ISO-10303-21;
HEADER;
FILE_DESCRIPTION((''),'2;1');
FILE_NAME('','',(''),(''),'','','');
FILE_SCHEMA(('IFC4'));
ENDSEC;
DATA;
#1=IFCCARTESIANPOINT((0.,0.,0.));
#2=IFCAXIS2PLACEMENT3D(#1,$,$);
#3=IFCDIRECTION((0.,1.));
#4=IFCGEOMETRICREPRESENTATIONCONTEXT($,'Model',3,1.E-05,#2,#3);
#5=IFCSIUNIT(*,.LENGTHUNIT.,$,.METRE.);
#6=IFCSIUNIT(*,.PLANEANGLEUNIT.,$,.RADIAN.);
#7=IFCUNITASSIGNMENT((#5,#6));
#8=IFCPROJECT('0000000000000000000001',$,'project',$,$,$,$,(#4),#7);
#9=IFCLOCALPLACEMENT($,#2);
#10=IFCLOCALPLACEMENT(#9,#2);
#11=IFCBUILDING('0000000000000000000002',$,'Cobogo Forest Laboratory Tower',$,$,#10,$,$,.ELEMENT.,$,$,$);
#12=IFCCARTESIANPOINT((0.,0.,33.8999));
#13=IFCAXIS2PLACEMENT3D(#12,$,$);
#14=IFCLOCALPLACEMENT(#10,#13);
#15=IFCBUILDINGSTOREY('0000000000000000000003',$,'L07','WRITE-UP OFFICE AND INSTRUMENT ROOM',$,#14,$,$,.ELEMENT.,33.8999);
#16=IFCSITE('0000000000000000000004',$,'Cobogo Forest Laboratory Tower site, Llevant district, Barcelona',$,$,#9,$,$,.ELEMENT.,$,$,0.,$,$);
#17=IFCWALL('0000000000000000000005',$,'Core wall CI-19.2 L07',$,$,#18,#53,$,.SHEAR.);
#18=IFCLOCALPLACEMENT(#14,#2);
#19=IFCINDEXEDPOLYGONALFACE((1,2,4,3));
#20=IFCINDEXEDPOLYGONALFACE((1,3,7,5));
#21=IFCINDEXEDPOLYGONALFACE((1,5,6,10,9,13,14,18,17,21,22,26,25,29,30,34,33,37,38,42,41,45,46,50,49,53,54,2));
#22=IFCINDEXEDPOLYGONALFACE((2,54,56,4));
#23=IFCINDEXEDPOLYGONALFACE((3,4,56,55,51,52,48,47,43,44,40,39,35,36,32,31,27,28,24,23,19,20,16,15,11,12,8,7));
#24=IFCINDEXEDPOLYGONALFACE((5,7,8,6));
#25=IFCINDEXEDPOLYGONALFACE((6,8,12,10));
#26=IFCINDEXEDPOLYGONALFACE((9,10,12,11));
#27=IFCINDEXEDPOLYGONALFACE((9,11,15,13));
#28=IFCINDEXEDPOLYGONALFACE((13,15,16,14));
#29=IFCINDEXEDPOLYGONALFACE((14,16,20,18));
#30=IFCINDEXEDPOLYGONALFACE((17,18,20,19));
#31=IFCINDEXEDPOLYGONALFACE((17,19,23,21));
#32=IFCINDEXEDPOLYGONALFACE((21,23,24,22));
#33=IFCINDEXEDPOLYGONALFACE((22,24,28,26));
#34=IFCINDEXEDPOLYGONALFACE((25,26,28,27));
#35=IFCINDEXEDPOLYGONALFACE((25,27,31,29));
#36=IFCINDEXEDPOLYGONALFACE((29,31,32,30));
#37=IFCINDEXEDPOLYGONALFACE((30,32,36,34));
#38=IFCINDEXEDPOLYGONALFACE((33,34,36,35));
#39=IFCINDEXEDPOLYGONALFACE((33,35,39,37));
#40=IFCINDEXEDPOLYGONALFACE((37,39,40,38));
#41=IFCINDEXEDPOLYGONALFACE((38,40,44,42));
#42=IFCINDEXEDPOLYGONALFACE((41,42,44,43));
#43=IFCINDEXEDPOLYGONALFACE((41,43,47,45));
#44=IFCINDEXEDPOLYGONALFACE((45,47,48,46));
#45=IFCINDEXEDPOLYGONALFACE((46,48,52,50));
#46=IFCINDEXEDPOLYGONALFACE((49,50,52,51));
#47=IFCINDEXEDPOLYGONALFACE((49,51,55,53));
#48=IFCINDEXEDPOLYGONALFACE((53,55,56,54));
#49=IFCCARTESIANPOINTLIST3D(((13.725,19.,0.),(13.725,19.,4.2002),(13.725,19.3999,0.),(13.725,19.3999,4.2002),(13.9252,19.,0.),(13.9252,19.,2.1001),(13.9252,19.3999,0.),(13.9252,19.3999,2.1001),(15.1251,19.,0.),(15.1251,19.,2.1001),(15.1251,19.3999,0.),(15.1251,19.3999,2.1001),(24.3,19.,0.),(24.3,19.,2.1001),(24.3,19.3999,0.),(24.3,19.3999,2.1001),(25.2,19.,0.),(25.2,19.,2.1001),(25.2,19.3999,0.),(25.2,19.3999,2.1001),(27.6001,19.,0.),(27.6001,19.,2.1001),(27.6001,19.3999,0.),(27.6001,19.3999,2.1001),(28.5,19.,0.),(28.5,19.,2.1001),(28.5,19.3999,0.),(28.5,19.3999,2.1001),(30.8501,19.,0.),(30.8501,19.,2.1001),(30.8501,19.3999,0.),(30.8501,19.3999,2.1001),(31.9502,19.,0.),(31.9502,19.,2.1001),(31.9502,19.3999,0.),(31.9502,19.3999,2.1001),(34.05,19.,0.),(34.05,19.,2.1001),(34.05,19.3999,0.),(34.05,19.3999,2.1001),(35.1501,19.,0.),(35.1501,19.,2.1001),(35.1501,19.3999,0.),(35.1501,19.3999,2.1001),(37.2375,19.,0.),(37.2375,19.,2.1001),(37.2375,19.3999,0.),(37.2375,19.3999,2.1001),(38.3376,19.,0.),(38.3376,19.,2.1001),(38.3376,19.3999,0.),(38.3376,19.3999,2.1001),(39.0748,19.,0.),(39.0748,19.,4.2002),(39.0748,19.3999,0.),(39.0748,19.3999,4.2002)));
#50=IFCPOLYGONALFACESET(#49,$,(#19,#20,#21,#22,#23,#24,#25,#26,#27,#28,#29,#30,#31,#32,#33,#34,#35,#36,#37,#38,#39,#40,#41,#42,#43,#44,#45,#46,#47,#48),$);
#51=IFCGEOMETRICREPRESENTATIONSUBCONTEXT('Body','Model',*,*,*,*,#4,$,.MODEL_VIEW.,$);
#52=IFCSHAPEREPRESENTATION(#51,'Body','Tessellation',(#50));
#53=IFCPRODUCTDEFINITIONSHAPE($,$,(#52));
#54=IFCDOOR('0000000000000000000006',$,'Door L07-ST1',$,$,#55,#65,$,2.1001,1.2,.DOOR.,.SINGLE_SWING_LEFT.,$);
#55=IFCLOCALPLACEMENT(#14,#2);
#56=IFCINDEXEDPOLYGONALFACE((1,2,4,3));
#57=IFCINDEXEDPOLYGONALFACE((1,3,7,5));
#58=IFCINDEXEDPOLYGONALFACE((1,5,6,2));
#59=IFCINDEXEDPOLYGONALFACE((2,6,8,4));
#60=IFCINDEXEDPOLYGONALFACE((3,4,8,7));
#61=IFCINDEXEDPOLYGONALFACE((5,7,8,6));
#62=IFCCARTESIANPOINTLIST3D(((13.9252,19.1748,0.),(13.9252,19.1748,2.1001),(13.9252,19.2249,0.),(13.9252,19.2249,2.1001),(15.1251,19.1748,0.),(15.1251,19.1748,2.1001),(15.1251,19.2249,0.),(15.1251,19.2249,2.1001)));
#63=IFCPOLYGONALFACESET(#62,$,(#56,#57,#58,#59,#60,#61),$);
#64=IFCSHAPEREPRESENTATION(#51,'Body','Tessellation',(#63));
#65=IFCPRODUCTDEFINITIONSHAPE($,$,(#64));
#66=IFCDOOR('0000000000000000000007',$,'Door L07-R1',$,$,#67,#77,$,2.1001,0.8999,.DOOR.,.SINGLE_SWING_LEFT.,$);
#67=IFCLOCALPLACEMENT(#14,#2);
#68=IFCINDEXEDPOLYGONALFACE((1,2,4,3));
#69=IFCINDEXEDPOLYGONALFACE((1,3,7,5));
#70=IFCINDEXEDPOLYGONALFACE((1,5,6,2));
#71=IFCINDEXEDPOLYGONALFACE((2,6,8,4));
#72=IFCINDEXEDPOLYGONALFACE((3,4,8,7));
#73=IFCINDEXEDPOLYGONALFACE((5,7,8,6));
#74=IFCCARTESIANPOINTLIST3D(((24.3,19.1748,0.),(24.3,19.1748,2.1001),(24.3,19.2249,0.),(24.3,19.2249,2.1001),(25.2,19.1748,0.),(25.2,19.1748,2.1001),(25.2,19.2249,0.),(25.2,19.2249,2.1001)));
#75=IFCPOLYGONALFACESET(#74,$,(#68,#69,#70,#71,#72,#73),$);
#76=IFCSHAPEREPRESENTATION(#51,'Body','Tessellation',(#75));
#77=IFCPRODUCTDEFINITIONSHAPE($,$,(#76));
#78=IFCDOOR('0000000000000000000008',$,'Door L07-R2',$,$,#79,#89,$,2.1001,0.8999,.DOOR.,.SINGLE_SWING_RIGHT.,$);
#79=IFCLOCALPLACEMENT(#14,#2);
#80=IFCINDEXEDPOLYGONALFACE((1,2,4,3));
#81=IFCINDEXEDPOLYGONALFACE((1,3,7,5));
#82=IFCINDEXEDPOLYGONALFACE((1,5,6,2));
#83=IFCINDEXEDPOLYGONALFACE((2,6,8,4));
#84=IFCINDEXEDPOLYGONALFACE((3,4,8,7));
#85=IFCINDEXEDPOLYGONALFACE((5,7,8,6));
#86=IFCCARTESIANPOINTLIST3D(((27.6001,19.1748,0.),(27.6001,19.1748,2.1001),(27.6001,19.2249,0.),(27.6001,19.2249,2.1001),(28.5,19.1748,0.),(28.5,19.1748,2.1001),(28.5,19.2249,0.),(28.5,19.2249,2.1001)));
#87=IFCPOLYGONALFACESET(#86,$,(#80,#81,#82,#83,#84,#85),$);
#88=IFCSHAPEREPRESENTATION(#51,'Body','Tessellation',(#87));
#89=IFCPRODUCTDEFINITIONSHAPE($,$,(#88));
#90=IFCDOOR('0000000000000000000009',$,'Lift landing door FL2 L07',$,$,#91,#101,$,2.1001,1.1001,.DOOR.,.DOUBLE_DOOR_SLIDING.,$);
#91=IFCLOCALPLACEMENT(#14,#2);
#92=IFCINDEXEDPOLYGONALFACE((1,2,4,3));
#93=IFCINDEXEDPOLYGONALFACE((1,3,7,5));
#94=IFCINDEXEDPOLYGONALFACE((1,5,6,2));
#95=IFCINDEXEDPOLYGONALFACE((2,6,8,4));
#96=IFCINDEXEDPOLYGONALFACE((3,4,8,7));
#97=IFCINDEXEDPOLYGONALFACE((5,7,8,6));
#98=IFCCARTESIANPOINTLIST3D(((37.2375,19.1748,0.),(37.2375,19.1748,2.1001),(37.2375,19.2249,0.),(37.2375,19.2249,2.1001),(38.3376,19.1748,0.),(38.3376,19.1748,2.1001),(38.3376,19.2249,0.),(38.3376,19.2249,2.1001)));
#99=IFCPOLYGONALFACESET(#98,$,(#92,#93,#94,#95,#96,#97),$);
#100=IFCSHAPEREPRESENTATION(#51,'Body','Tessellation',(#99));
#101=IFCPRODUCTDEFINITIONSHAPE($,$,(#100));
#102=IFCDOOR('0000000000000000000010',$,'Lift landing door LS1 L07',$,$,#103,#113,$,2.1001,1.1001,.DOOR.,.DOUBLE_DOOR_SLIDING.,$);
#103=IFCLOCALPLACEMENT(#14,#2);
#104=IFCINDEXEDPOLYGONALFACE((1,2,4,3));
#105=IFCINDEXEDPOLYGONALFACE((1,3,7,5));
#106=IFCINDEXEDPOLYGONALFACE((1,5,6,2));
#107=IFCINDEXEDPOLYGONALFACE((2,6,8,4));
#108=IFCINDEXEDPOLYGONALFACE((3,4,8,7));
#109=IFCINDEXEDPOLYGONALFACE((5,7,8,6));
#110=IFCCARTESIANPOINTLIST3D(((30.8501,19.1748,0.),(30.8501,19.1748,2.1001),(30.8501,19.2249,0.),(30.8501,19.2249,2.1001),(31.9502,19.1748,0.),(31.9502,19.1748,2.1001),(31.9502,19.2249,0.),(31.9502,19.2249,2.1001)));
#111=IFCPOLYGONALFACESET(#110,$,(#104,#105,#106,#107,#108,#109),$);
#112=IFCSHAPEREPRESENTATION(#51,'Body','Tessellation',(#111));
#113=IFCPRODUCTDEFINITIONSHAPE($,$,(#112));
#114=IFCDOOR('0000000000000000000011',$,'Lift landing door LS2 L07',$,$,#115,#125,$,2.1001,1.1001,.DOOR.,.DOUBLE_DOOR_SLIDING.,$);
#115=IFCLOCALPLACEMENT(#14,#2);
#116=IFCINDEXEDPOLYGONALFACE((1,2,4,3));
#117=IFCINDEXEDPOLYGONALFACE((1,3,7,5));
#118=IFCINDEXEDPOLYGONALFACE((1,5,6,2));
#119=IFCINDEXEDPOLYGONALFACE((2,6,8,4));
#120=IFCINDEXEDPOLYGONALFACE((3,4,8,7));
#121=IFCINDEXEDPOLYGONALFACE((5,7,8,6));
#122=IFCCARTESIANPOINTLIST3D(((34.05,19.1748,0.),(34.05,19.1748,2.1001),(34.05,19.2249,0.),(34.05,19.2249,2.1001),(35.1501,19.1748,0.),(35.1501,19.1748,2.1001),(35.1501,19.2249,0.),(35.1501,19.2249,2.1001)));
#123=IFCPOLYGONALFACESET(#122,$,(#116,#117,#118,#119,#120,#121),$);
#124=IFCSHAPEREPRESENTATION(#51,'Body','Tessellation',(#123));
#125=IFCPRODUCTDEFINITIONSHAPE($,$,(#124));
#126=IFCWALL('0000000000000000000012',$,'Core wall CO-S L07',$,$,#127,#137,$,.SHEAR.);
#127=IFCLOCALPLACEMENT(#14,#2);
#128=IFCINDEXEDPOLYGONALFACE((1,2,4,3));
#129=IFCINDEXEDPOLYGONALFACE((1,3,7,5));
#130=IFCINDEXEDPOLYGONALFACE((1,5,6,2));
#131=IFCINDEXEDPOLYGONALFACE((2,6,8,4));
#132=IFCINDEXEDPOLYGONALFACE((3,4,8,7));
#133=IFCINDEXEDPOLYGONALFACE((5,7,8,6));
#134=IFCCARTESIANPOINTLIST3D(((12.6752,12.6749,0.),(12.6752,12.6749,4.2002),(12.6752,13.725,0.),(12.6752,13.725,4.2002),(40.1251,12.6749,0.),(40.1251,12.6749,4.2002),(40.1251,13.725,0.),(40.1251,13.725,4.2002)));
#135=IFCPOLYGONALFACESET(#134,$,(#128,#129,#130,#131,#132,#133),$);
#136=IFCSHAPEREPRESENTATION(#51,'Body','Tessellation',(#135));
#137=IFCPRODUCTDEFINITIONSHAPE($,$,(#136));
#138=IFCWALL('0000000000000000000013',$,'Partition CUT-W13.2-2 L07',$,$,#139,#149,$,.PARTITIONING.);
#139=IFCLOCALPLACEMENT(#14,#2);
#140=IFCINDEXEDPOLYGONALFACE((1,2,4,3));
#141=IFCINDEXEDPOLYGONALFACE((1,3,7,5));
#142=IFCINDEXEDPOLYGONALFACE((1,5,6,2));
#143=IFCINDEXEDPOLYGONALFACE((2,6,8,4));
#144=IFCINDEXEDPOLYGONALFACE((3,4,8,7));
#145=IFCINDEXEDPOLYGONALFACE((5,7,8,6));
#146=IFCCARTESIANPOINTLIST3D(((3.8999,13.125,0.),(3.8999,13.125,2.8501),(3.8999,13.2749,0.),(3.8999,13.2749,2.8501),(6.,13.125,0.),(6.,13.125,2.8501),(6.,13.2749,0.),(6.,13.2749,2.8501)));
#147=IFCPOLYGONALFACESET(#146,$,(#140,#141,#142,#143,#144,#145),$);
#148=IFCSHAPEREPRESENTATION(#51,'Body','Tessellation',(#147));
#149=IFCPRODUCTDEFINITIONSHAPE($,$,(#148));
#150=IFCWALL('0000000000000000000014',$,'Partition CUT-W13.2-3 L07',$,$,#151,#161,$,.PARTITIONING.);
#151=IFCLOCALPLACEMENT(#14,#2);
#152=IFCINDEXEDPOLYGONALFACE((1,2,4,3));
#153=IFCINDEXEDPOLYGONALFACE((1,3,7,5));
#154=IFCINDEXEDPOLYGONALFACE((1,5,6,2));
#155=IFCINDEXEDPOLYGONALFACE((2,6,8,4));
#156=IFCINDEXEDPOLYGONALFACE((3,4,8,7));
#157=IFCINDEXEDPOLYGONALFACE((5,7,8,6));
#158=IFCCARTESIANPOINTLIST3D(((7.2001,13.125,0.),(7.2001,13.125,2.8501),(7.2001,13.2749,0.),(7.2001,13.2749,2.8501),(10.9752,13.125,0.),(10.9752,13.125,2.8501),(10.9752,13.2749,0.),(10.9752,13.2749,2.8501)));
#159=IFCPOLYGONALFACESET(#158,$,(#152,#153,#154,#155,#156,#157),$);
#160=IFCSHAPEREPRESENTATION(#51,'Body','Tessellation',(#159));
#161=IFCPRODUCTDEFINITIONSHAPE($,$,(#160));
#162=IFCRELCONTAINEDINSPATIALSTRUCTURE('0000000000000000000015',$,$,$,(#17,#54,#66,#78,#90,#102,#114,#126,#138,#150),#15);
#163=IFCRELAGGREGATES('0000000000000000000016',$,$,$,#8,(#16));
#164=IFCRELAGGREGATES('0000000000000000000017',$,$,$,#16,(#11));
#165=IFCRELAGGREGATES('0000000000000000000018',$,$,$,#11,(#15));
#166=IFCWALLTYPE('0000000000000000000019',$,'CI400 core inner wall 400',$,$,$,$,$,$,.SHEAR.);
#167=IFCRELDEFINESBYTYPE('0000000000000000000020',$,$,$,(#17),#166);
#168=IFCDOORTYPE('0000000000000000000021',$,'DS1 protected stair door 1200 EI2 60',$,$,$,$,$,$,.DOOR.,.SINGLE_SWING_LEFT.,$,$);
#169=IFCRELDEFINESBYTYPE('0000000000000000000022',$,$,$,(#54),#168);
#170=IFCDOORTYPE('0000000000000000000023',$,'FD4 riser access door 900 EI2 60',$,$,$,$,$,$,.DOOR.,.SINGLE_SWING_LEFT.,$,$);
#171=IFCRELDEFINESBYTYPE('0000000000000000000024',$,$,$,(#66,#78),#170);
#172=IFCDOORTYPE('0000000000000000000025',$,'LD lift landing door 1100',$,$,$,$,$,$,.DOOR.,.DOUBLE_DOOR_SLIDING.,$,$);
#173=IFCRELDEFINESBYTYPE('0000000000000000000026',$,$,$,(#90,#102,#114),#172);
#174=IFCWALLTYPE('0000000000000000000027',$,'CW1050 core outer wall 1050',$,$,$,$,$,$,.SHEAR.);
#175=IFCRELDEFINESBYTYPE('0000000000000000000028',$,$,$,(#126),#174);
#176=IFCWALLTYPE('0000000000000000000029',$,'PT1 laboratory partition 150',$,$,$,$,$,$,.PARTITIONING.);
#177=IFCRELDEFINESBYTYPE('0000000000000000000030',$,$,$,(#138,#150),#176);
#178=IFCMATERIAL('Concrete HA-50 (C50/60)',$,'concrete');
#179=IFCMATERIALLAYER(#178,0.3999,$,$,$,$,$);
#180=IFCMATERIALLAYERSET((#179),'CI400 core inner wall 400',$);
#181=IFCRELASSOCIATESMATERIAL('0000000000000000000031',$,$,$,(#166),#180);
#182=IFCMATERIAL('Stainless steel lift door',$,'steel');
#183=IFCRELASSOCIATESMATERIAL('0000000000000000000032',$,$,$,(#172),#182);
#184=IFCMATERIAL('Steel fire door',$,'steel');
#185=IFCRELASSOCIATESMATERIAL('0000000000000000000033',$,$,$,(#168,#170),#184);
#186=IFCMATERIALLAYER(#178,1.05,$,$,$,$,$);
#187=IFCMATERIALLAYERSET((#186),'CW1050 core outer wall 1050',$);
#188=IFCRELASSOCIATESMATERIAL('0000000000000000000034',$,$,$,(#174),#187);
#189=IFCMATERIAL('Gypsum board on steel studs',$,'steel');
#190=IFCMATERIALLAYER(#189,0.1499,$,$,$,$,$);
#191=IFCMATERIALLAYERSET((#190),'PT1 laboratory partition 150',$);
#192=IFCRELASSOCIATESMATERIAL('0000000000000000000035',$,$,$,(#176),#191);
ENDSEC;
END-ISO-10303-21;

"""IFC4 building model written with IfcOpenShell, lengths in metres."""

from ifc_helpers import new_model, si_unit, direction, frame, frame_2d, origin, place, context, subcontext, project, spatial, rectangle, extrude, material, layer, layer_set, type_object, element, fill, save


model = new_model("IFC4")

# Units and contexts
model_context = context("Model", 3, precision=1e-05, world=origin(), true_north=direction((0.0, 1.0)))
body_context = subcontext(model_context, "Body", "Model", "MODEL_VIEW")
ifc_project = project(units=[si_unit("LENGTHUNIT", "METRE"), si_unit("PLANEANGLEUNIT", "RADIAN")], contexts=[model_context])

# Site, building, storey
site_placement = place(None, origin())
site = spatial("IfcSite", under=ifc_project, at=site_placement, Name="Cobogo Forest Laboratory Tower site, Llevant district, Barcelona", CompositionType="ELEMENT", RefElevation=0.0)
building_placement = place(site_placement, origin())
building = spatial("IfcBuilding", under=site, at=building_placement, Name="Cobogo Forest Laboratory Tower", CompositionType="ELEMENT")
storey_placement = place(building_placement, frame((0.0, 0.0, 33.8999)))
storey = spatial("IfcBuildingStorey", under=building, at=storey_placement, Name="L07", Description="WRITE-UP OFFICE AND INSTRUMENT ROOM", CompositionType="ELEMENT", Elevation=33.8999)

# Shared definitions
ifc_material_1 = material(Name="Concrete HA-50 (C50/60)", Category="concrete")

# Wall, openings, doors
ifc_layer_1 = layer(ifc_material_1, 0.3999)
ifc_layer_set_1 = layer_set([ifc_layer_1], Name="CI400 core inner wall 400")
wall_type_1 = type_object("IfcWallType", Name="CI400 core inner wall 400", PredefinedType="SHEAR", material=ifc_layer_set_1)
ifc_material_2 = material(Name="Stainless steel lift door", Category="steel")
door_type_1 = type_object("IfcDoorType", Name="LD lift landing door 1100", OperationType="DOUBLE_DOOR_SLIDING", PredefinedType="DOOR", material=ifc_material_2)
wall_1_placement = place(storey_placement, frame((13.7251, 19.2, 0.0), z_axis=(0.0, 0.0, 1.0), x_axis=(1.0, 0.0, 0.0)))
wall_1 = element("IfcWall", 1, at=wall_1_placement, inside=storey, type_object=wall_type_1, Name="Core wall CI-19.2 L07", PredefinedType="SHEAR", context=body_context, shape_type="SweptSolid", body=[
    extrude(rectangle(XDim=25.3499, YDim=0.3999, at=frame_2d((12.6748, 0.0))), origin(), (0.0, 0.0, 1.0), 4.2002),
])
opening_1_placement = place(wall_1_placement, frame((10.575, 0.0, 0.0)))
opening_1 = element("IfcOpeningElement", 2, at=opening_1_placement, cuts=wall_1, PredefinedType="OPENING", context=body_context, shape_type="SweptSolid", body=[
    extrude(rectangle(XDim=0.8999, YDim=2.1001, at=frame_2d((0.45, 1.05))), frame((0.0, 0.21, 0.0), z_axis=(0.0, -1.0, 0.0), x_axis=(1.0, 0.0, 0.0)), (0.0, 0.0, 1.0), 0.4199),
])
opening_2_placement = place(wall_1_placement, frame((13.875, 0.0, 0.0)))
opening_2 = element("IfcOpeningElement", 3, at=opening_2_placement, cuts=wall_1, PredefinedType="OPENING", context=body_context, shape_type="SweptSolid", body=[
    extrude(rectangle(XDim=0.8999, YDim=2.1001, at=frame_2d((0.45, 1.05))), frame((0.0, 0.21, 0.0), z_axis=(0.0, -1.0, 0.0), x_axis=(1.0, 0.0, 0.0)), (0.0, 0.0, 1.0), 0.4199),
])
opening_3_placement = place(wall_1_placement, frame((0.2, 0.0, 0.0)))
opening_3 = element("IfcOpeningElement", 4, at=opening_3_placement, cuts=wall_1, PredefinedType="OPENING", context=body_context, shape_type="SweptSolid", body=[
    extrude(rectangle(XDim=1.2, YDim=2.1001, at=frame_2d((0.6001, 1.05))), frame((0.0, 0.21, 0.0), z_axis=(0.0, -1.0, 0.0), x_axis=(1.0, 0.0, 0.0)), (0.0, 0.0, 1.0), 0.4199),
])
opening_4_placement = place(wall_1_placement, frame((23.5125, 0.0, 0.0)))
opening_4 = element("IfcOpeningElement", 5, at=opening_4_placement, cuts=wall_1, PredefinedType="OPENING", context=body_context, shape_type="SweptSolid", body=[
    extrude(rectangle(XDim=1.1001, YDim=2.1001, at=frame_2d((0.55, 1.05))), frame((0.0, 0.21, 0.0), z_axis=(0.0, -1.0, 0.0), x_axis=(1.0, 0.0, 0.0)), (0.0, 0.0, 1.0), 0.4199),
])
opening_5_placement = place(wall_1_placement, frame((17.125, 0.0, 0.0)))
opening_5 = element("IfcOpeningElement", 6, at=opening_5_placement, cuts=wall_1, PredefinedType="OPENING", context=body_context, shape_type="SweptSolid", body=[
    extrude(rectangle(XDim=1.1001, YDim=2.1001, at=frame_2d((0.55, 1.05))), frame((0.0, 0.21, 0.0), z_axis=(0.0, -1.0, 0.0), x_axis=(1.0, 0.0, 0.0)), (0.0, 0.0, 1.0), 0.4199),
])
opening_6_placement = place(wall_1_placement, frame((20.325, 0.0, 0.0)))
opening_6 = element("IfcOpeningElement", 7, at=opening_6_placement, cuts=wall_1, PredefinedType="OPENING", context=body_context, shape_type="SweptSolid", body=[
    extrude(rectangle(XDim=1.1001, YDim=2.1001, at=frame_2d((0.55, 1.05))), frame((0.0, 0.21, 0.0), z_axis=(0.0, -1.0, 0.0), x_axis=(1.0, 0.0, 0.0)), (0.0, 0.0, 1.0), 0.4199),
])
ifc_material_3 = material(Name="Steel fire door", Category="steel")
door_type_2 = type_object("IfcDoorType", Name="DS1 protected stair door 1200 EI2 60", OperationType="SINGLE_SWING_LEFT", PredefinedType="DOOR", material=ifc_material_3)
door_1_placement = place(opening_3_placement, origin())
door_1 = element("IfcDoor", 8, at=door_1_placement, inside=storey, type_object=door_type_2, Name="Door L07-ST1", OperationType="SINGLE_SWING_LEFT", OverallHeight=2.1001, OverallWidth=1.2, PredefinedType="DOOR", context=body_context, shape_type="SweptSolid", body=[
    extrude(rectangle(XDim=1.2, YDim=2.1001, at=frame_2d((0.6001, 1.05))), frame((0.0, 0.0249, 0.0), z_axis=(0.0, -1.0, 0.0), x_axis=(1.0, 0.0, 0.0)), (0.0, 0.0, 1.0), 0.05),
])
fill(opening_3, door_1)
door_type_3 = type_object("IfcDoorType", Name="FD4 riser access door 900 EI2 60", OperationType="SINGLE_SWING_LEFT", PredefinedType="DOOR", material=ifc_material_3)
door_2_placement = place(opening_1_placement, origin())
door_2 = element("IfcDoor", 9, at=door_2_placement, inside=storey, type_object=door_type_3, Name="Door L07-R1", OperationType="SINGLE_SWING_LEFT", OverallHeight=2.1001, OverallWidth=0.8999, PredefinedType="DOOR", context=body_context, shape_type="SweptSolid", body=[
    extrude(rectangle(XDim=0.8999, YDim=2.1001, at=frame_2d((0.45, 1.05))), frame((0.0, 0.0249, 0.0), z_axis=(0.0, -1.0, 0.0), x_axis=(1.0, 0.0, 0.0)), (0.0, 0.0, 1.0), 0.05),
])
fill(opening_1, door_2)
door_3_placement = place(opening_2_placement, origin())
door_3 = element("IfcDoor", 10, at=door_3_placement, inside=storey, type_object=door_type_3, Name="Door L07-R2", OperationType="SINGLE_SWING_RIGHT", OverallHeight=2.1001, OverallWidth=0.8999, PredefinedType="DOOR", context=body_context, shape_type="SweptSolid", body=[
    extrude(rectangle(XDim=0.8999, YDim=2.1001, at=frame_2d((0.45, 1.05))), frame((0.0, 0.0249, 0.0), z_axis=(0.0, -1.0, 0.0), x_axis=(1.0, 0.0, 0.0)), (0.0, 0.0, 1.0), 0.05),
])
fill(opening_2, door_3)
door_4_placement = place(opening_4_placement, origin())
door_4 = element("IfcDoor", 11, at=door_4_placement, inside=storey, type_object=door_type_1, Name="Lift landing door FL2 L07", OperationType="DOUBLE_DOOR_SLIDING", OverallHeight=2.1001, OverallWidth=1.1001, PredefinedType="DOOR", context=body_context, shape_type="SweptSolid", body=[
    extrude(rectangle(XDim=1.1001, YDim=2.1001, at=frame_2d((0.55, 1.05))), frame((0.0, 0.0249, 0.0), z_axis=(0.0, -1.0, 0.0), x_axis=(1.0, 0.0, 0.0)), (0.0, 0.0, 1.0), 0.05),
])
fill(opening_4, door_4)
door_5_placement = place(opening_5_placement, origin())
door_5 = element("IfcDoor", 12, at=door_5_placement, inside=storey, type_object=door_type_1, Name="Lift landing door LS1 L07", OperationType="DOUBLE_DOOR_SLIDING", OverallHeight=2.1001, OverallWidth=1.1001, PredefinedType="DOOR", context=body_context, shape_type="SweptSolid", body=[
    extrude(rectangle(XDim=1.1001, YDim=2.1001, at=frame_2d((0.55, 1.05))), frame((0.0, 0.0249, 0.0), z_axis=(0.0, -1.0, 0.0), x_axis=(1.0, 0.0, 0.0)), (0.0, 0.0, 1.0), 0.05),
])
fill(opening_5, door_5)
door_6_placement = place(opening_6_placement, origin())
door_6 = element("IfcDoor", 13, at=door_6_placement, inside=storey, type_object=door_type_1, Name="Lift landing door LS2 L07", OperationType="DOUBLE_DOOR_SLIDING", OverallHeight=2.1001, OverallWidth=1.1001, PredefinedType="DOOR", context=body_context, shape_type="SweptSolid", body=[
    extrude(rectangle(XDim=1.1001, YDim=2.1001, at=frame_2d((0.55, 1.05))), frame((0.0, 0.0249, 0.0), z_axis=(0.0, -1.0, 0.0), x_axis=(1.0, 0.0, 0.0)), (0.0, 0.0, 1.0), 0.05),
])
fill(opening_6, door_6)

# Walls
ifc_layer_2 = layer(ifc_material_1, 1.05)
ifc_layer_set_2 = layer_set([ifc_layer_2], Name="CW1050 core outer wall 1050")
wall_type_2 = type_object("IfcWallType", Name="CW1050 core outer wall 1050", PredefinedType="SHEAR", material=ifc_layer_set_2)
wall_2_placement = place(storey_placement, frame((12.675, 13.2, 0.0), z_axis=(0.0, 0.0, 1.0), x_axis=(1.0, 0.0, 0.0)))
element("IfcWall", 14, at=wall_2_placement, inside=storey, type_object=wall_type_2, Name="Core wall CO-S L07", PredefinedType="SHEAR", context=body_context, shape_type="SweptSolid", body=[
    extrude(rectangle(XDim=27.45, YDim=1.05, at=frame_2d((13.7251, 0.0))), origin(), (0.0, 0.0, 1.0), 4.2002),
])
ifc_material_4 = material(Name="Gypsum board on steel studs", Category="steel")
ifc_layer_3 = layer(ifc_material_4, 0.1499)
ifc_layer_set_3 = layer_set([ifc_layer_3], Name="PT1 laboratory partition 150")
wall_type_3 = type_object("IfcWallType", Name="PT1 laboratory partition 150", PredefinedType="PARTITIONING", material=ifc_layer_set_3)
wall_3_placement = place(storey_placement, frame((3.8999, 13.2, 0.0), z_axis=(0.0, 0.0, 1.0), x_axis=(1.0, 0.0, 0.0)))
element("IfcWall", 15, at=wall_3_placement, inside=storey, type_object=wall_type_3, Name="Partition CUT-W13.2-2 L07", PredefinedType="PARTITIONING", context=body_context, shape_type="SweptSolid", body=[
    extrude(rectangle(XDim=2.1001, YDim=0.1499, at=frame_2d((1.05, 0.0))), origin(), (0.0, 0.0, 1.0), 2.8501),
])
wall_4_placement = place(storey_placement, frame((7.2, 13.2, 0.0), z_axis=(0.0, 0.0, 1.0), x_axis=(1.0, 0.0, 0.0)))
element("IfcWall", 16, at=wall_4_placement, inside=storey, type_object=wall_type_3, Name="Partition CUT-W13.2-3 L07", PredefinedType="PARTITIONING", context=body_context, shape_type="SweptSolid", body=[
    extrude(rectangle(XDim=3.7751, YDim=0.1499, at=frame_2d((1.8877, 0.0))), origin(), (0.0, 0.0, 1.0), 2.8501),
])

save(model, "model.ifc")
